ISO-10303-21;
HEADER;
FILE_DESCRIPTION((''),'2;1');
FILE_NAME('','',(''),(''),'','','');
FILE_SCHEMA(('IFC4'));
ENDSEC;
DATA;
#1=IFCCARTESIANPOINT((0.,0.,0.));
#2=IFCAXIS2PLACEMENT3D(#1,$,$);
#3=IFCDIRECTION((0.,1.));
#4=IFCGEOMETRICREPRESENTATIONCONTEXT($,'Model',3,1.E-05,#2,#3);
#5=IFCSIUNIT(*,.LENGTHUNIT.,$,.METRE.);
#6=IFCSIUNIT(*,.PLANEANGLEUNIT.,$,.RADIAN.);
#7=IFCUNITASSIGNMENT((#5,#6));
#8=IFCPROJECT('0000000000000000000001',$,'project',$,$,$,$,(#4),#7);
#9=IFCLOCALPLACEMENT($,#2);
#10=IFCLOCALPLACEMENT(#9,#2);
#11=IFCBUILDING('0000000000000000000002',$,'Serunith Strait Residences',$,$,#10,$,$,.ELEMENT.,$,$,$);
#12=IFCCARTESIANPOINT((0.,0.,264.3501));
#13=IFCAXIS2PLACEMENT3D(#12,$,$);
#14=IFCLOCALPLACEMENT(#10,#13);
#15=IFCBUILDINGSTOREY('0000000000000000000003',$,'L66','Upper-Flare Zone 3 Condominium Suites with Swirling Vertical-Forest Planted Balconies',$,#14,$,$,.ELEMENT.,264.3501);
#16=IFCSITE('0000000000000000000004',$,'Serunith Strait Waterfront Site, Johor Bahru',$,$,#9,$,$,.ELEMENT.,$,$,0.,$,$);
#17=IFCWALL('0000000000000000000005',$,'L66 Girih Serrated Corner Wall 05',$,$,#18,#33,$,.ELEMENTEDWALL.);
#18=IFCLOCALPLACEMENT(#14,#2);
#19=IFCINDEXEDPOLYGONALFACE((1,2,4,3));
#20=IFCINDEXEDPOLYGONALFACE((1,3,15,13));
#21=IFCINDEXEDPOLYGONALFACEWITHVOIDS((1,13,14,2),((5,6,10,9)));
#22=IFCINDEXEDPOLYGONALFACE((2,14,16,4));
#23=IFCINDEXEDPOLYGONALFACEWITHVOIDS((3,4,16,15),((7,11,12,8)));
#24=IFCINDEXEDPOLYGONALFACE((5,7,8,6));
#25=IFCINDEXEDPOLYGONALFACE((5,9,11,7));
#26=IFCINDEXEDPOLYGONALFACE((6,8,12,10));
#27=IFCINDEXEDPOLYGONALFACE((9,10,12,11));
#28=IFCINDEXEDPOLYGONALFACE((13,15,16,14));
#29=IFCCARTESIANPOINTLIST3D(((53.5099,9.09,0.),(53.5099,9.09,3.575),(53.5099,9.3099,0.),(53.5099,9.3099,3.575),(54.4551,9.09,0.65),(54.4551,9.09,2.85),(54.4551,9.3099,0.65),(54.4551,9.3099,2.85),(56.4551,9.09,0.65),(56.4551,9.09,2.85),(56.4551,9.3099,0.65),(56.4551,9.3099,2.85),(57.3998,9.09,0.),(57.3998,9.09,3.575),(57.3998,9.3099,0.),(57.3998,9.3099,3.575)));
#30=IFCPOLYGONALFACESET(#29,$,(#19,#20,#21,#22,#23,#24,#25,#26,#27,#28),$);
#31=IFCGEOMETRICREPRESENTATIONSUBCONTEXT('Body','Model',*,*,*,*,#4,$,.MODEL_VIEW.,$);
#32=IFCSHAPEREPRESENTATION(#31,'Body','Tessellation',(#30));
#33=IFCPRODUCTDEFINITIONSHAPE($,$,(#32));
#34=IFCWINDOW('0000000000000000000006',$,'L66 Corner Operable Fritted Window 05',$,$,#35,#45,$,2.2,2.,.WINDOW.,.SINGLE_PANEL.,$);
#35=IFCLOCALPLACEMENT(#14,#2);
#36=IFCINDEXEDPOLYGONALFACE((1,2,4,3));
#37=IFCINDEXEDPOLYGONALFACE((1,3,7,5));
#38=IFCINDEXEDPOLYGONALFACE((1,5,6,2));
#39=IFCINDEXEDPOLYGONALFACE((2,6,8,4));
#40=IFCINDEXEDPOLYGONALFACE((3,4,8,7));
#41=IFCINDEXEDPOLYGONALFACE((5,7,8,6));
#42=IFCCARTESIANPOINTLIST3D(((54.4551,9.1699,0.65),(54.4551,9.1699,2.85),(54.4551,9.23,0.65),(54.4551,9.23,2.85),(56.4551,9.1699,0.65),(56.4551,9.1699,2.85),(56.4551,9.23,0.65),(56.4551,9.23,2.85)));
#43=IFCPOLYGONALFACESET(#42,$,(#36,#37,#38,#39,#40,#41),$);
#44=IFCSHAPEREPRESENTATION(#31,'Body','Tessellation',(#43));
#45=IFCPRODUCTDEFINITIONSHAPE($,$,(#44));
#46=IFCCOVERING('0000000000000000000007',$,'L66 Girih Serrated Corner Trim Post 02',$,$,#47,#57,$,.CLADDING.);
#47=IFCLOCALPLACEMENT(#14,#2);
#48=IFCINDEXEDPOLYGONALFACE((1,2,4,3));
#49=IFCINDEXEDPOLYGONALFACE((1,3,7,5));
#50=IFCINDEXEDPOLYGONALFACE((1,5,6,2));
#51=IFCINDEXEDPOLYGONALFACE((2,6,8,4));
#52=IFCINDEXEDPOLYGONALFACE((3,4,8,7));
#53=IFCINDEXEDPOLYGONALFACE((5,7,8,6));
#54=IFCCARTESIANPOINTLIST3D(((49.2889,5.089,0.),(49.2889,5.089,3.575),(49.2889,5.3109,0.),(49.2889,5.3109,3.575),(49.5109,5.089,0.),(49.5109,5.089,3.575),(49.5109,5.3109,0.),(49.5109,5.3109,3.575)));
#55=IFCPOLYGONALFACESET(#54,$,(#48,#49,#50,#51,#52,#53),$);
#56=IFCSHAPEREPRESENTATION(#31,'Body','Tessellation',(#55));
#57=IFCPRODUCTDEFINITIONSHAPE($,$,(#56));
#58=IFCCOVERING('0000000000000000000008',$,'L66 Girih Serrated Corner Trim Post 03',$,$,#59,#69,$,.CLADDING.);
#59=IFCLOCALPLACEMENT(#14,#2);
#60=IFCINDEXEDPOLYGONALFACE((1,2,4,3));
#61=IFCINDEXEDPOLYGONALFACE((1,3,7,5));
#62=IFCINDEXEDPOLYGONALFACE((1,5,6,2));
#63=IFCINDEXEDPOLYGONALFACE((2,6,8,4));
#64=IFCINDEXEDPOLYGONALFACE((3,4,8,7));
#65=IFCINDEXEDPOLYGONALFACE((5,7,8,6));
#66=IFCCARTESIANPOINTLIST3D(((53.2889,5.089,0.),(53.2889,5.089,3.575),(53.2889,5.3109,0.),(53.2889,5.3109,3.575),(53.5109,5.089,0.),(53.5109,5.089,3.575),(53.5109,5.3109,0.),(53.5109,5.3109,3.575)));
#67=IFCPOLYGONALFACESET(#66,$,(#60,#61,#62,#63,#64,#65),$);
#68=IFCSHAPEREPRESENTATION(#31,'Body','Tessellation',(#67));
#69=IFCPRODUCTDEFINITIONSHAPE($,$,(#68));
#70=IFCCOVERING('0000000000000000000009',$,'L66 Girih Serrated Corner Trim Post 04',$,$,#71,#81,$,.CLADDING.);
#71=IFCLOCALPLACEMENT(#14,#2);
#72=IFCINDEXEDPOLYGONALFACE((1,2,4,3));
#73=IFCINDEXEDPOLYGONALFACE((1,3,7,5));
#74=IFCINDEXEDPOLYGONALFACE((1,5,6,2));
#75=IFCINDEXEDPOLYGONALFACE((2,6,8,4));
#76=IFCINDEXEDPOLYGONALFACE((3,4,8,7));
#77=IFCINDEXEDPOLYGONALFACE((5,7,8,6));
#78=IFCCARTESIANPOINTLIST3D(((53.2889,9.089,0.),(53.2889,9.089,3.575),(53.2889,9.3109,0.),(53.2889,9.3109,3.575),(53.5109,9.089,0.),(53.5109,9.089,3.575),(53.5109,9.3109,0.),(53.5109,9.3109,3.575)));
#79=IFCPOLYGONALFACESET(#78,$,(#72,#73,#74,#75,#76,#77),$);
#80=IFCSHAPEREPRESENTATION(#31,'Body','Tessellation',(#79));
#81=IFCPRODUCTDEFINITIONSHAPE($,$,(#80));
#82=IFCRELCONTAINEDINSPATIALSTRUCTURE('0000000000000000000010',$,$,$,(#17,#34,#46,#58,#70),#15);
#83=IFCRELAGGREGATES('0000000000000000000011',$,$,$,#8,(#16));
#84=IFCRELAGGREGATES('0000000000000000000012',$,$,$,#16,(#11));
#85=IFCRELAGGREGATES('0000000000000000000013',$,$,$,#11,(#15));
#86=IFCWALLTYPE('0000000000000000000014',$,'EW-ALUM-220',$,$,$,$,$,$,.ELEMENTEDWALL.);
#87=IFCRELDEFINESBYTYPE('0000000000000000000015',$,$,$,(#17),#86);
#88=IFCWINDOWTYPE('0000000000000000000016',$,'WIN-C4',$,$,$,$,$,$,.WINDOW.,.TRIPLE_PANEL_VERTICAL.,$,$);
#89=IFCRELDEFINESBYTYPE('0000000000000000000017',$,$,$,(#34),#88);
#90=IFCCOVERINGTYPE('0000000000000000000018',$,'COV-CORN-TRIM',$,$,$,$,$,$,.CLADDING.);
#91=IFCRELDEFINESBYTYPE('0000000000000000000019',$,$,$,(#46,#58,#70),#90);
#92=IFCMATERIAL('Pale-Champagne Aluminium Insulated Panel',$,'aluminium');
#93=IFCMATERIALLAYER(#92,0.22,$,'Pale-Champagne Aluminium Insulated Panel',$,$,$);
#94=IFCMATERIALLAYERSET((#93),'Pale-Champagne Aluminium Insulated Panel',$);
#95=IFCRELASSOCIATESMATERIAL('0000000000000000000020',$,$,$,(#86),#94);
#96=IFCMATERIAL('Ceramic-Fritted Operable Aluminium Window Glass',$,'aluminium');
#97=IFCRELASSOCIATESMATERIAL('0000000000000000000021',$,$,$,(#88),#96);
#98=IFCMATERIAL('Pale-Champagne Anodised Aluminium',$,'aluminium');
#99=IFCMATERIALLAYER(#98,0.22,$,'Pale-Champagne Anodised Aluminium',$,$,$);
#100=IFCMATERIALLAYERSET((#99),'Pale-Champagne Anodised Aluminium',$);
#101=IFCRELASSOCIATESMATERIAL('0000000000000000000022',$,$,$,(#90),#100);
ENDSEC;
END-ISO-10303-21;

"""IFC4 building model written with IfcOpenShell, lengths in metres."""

from ifc_helpers import new_model, si_unit, direction, frame, frame_2d, origin, origin_2d, place, context, subcontext, project, spatial, rectangle, extrude, source, transform, mapped, material, layer, layer_set, type_object, element, fill, save


model = new_model("IFC4")

# Units and contexts
model_context = context("Model", 3, precision=1e-05, world=origin(), true_north=direction((0.0, 1.0)))
body_context = subcontext(model_context, "Body", "Model", "MODEL_VIEW")
ifc_project = project(units=[si_unit("LENGTHUNIT", "METRE"), si_unit("PLANEANGLEUNIT", "RADIAN")], contexts=[model_context])

# Site, building, storey
site_placement = place(None, origin())
site = spatial("IfcSite", under=ifc_project, at=site_placement, Name="Serunith Strait Waterfront Site, Johor Bahru", CompositionType="ELEMENT", RefElevation=0.0)
building_placement = place(site_placement, origin())
building = spatial("IfcBuilding", under=site, at=building_placement, Name="Serunith Strait Residences", CompositionType="ELEMENT")
storey_placement = place(building_placement, frame((0.0, 0.0, 264.3501)))
storey = spatial("IfcBuildingStorey", under=building, at=storey_placement, Name="L66", Description="Upper-Flare Zone 3 Condominium Suites with Swirling Vertical-Forest Planted Balconies", CompositionType="ELEMENT", Elevation=264.3501)

# Shared definitions
ifc_material_1 = material(Name="Pale-Champagne Anodised Aluminium", Category="aluminium")

# Wall, opening, window
ifc_material_2 = material(Name="Pale-Champagne Aluminium Insulated Panel", Category="aluminium")
ifc_layer_1 = layer(ifc_material_2, 0.22, Name="Pale-Champagne Aluminium Insulated Panel")
ifc_layer_set_1 = layer_set([ifc_layer_1], Name="Pale-Champagne Aluminium Insulated Panel")
wall_type = type_object("IfcWallType", Name="EW-ALUM-220", PredefinedType="ELEMENTEDWALL", material=ifc_layer_set_1)
ifc_material_3 = material(Name="Ceramic-Fritted Operable Aluminium Window Glass", Category="aluminium")
window_type = type_object("IfcWindowType", Name="WIN-C4", PartitioningType="TRIPLE_PANEL_VERTICAL", PredefinedType="WINDOW", material=ifc_material_3)
shared_shape_1 = source(origin(), body_context, "Body", "SweptSolid", [
    extrude(rectangle(XDim=2.0, YDim=2.2, at=frame_2d((1.0, 1.1001))), frame((0.0, 0.03, 0.0), z_axis=(0.0, -1.0, 0.0), x_axis=(1.0, 0.0, 0.0)), (0.0, 0.0, 1.0), 0.0601),
])
wall_1_placement = place(storey_placement, frame((53.51, 9.2, 0.0), z_axis=(0.0, 0.0, 1.0), x_axis=(1.0, 0.0, 0.0)))
wall_1 = element("IfcWall", 1, at=wall_1_placement, inside=storey, type_object=wall_type, Name="L66 Girih Serrated Corner Wall 05", PredefinedType="ELEMENTEDWALL", context=body_context, shape_type="SweptSolid", body=[
    extrude(rectangle(XDim=3.8899, YDim=0.22, at=frame_2d((1.9448, 0.0))), origin(), (0.0, 0.0, 1.0), 3.575),
])
opening_1_placement = place(wall_1_placement, frame((0.9451, 0.0, 0.6499)))
opening_1 = element("IfcOpeningElement", 2, at=opening_1_placement, cuts=wall_1, PredefinedType="OPENING", context=body_context, shape_type="SweptSolid", body=[
    extrude(rectangle(XDim=2.0, YDim=2.2, at=frame_2d((1.0, 1.1001))), frame((0.0, 0.1201, 0.0), z_axis=(0.0, -1.0, 0.0), x_axis=(1.0, 0.0, 0.0)), (0.0, 0.0, 1.0), 0.24),
])
window_1_placement = place(opening_1_placement, origin())
window_1 = element("IfcWindow", 3, at=window_1_placement, inside=storey, type_object=window_type, Name="L66 Corner Operable Fritted Window 05", OverallHeight=2.2, OverallWidth=2.0, PartitioningType="SINGLE_PANEL", PredefinedType="WINDOW", context=body_context, shape_type="MappedRepresentation", body=[
    mapped(shared_shape_1, transform((0.0, 0.0, 0.0), scale=1.0)),
])
fill(opening_1, window_1)

# Coverings
ifc_layer_2 = layer(ifc_material_1, 0.22, Name="Pale-Champagne Anodised Aluminium")
ifc_layer_set_2 = layer_set([ifc_layer_2], Name="Pale-Champagne Anodised Aluminium")
covering_type = type_object("IfcCoveringType", Name="COV-CORN-TRIM", PredefinedType="CLADDING", material=ifc_layer_set_2)
shared_shape_2 = source(origin(), body_context, "Body", "SweptSolid", [
    extrude(rectangle(XDim=0.2219, YDim=0.2219, at=origin_2d()), origin(), (0.0, 0.0, 1.0), 3.575),
])
for number, where, z_axis, x_axis, name in (
    (4, (49.3999, 5.2, 0.0), (0.0, 0.0, 1.0), (1.0, 0.0, 0.0), "L66 Girih Serrated Corner Trim Post 02"),
    (5, (53.3999, 5.2, 0.0), (0.0, 0.0, 1.0), (1.0, 0.0, 0.0), "L66 Girih Serrated Corner Trim Post 03"),
    (6, (53.3999, 9.2, 0.0), (0.0, 0.0, 1.0), (1.0, 0.0, 0.0), "L66 Girih Serrated Corner Trim Post 04"),
):
    element("IfcCovering", number, at=place(storey_placement, frame(where, z_axis=z_axis, x_axis=x_axis)), inside=storey, type_object=covering_type, Name=name, PredefinedType="CLADDING", context=body_context, shape_type="MappedRepresentation", body=[
        mapped(shared_shape_2, transform((0.0, 0.0, 0.0), scale=1.0)),
    ])

save(model, "model.ifc")
